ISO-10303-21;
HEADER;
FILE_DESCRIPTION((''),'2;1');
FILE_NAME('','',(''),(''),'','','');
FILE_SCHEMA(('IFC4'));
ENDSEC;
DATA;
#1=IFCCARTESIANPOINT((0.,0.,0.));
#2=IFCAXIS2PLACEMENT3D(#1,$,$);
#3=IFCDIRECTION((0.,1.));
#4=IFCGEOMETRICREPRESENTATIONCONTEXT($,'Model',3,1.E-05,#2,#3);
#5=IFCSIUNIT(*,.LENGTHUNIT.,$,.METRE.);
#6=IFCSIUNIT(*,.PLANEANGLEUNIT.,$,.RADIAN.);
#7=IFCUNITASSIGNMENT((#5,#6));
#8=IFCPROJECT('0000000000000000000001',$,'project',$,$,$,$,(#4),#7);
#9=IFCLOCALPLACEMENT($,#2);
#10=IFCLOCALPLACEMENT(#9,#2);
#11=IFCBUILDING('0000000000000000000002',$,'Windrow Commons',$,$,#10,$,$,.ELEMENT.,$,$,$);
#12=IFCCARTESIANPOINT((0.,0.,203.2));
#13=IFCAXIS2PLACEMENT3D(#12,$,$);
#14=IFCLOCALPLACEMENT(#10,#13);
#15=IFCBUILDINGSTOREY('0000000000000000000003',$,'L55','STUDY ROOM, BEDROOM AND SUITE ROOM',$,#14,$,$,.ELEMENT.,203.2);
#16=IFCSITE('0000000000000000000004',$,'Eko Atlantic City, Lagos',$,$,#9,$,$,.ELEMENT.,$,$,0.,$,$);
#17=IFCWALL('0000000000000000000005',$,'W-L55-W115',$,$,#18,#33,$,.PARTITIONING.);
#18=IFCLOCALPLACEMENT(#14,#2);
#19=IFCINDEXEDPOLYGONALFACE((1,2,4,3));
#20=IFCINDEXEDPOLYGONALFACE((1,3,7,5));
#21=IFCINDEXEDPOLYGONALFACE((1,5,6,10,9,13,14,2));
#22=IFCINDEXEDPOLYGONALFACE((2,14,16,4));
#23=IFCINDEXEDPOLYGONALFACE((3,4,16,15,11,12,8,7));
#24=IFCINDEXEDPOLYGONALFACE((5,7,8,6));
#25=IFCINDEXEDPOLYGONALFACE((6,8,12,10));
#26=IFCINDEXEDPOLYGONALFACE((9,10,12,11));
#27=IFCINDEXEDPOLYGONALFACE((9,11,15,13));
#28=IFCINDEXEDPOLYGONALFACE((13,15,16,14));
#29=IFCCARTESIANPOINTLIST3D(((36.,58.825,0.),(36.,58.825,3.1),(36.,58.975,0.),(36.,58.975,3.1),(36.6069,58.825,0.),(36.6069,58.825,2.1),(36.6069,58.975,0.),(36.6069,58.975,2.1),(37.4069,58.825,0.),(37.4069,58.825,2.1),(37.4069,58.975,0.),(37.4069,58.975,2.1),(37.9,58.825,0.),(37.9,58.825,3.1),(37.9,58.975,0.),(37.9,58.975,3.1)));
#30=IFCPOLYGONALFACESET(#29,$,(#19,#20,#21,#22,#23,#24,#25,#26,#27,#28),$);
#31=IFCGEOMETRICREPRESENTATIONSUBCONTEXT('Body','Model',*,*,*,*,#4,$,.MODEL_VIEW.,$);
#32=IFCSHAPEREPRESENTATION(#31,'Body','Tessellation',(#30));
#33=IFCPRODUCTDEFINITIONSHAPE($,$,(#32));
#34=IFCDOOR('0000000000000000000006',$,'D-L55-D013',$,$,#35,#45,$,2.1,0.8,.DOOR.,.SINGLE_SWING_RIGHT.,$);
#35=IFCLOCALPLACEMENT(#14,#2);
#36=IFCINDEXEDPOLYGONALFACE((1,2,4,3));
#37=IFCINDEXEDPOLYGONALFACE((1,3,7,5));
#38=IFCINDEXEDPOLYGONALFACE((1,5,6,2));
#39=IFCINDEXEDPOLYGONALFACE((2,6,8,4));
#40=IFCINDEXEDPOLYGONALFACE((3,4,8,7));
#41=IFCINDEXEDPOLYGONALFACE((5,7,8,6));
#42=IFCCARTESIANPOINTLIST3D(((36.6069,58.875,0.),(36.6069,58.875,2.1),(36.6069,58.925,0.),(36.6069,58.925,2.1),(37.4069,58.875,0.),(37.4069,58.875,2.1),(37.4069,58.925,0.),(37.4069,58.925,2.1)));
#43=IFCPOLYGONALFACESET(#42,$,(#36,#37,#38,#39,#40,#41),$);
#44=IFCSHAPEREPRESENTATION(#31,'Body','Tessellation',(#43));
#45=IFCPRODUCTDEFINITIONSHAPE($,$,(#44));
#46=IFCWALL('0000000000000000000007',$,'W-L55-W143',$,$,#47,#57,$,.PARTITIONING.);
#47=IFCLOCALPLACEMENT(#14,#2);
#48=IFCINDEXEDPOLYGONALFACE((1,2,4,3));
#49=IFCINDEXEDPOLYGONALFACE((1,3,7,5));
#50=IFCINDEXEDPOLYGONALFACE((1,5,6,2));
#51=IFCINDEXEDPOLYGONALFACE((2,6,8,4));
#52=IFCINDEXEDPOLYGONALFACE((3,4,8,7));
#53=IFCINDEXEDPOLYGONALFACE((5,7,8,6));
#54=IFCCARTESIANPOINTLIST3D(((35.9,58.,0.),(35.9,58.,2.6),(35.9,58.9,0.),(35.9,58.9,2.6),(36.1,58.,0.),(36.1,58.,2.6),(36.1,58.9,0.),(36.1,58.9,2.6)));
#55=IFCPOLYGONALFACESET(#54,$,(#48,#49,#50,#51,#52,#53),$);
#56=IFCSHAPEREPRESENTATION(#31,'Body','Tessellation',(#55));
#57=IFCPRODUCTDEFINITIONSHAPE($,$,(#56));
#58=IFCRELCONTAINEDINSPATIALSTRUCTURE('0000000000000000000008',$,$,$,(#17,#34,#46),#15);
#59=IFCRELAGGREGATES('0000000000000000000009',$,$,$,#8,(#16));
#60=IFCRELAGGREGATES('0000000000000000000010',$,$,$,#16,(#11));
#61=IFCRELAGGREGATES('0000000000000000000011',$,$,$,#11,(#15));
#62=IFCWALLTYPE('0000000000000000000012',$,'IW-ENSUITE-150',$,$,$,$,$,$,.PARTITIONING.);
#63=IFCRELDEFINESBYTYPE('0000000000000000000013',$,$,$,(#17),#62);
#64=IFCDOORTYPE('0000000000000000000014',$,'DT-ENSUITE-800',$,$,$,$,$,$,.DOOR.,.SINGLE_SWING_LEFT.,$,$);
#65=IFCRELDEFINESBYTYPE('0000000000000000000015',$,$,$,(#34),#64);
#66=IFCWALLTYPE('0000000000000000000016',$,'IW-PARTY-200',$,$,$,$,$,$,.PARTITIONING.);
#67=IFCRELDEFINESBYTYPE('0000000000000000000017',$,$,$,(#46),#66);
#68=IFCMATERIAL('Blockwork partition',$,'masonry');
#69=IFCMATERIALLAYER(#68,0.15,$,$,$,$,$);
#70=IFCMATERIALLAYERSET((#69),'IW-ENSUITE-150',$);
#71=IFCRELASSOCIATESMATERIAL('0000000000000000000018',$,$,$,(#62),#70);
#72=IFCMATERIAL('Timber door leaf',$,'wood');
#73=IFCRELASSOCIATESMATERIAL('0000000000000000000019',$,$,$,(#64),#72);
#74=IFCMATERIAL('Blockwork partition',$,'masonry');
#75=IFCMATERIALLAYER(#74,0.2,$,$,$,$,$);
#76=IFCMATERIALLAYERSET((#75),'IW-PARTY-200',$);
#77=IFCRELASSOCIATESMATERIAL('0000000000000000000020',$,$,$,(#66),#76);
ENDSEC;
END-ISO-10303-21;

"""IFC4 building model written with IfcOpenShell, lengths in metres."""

from ifc_helpers import new_model, si_unit, direction, frame, frame_2d, origin, place, context, subcontext, project, spatial, rectangle, extrude, material, layer, layer_set, type_object, element, fill, save


model = new_model("IFC4")

# Units and contexts
model_context = context("Model", 3, precision=1e-05, world=origin(), true_north=direction((0.0, 1.0)))
body_context = subcontext(model_context, "Body", "Model", "MODEL_VIEW")
ifc_project = project(units=[si_unit("LENGTHUNIT", "METRE"), si_unit("PLANEANGLEUNIT", "RADIAN")], contexts=[model_context])

# Site, building, storey
site_placement = place(None, origin())
site = spatial("IfcSite", under=ifc_project, at=site_placement, Name="Eko Atlantic City, Lagos", CompositionType="ELEMENT", RefElevation=0.0)
building_placement = place(site_placement, origin())
building = spatial("IfcBuilding", under=site, at=building_placement, Name="Windrow Commons", CompositionType="ELEMENT")
storey_placement = place(building_placement, frame((0.0, 0.0, 203.2)))
storey = spatial("IfcBuildingStorey", under=building, at=storey_placement, Name="L55", Description="STUDY ROOM, BEDROOM AND SUITE ROOM", CompositionType="ELEMENT", Elevation=203.2)

# Shared definitions
ifc_material_1 = material(Name="Blockwork partition", Category="masonry")
ifc_layer_1 = layer(ifc_material_1, 0.15)
ifc_layer_set_1 = layer_set([ifc_layer_1], Name="IW-ENSUITE-150")
wall_type_1 = type_object("IfcWallType", Name="IW-ENSUITE-150", PredefinedType="PARTITIONING", material=ifc_layer_set_1)

# Wall, opening, door
wall_1_placement = place(storey_placement, frame((36.0, 58.9, 0.0), z_axis=(0.0, 0.0, 1.0), x_axis=(1.0, 0.0, 0.0)))
wall_1 = element("IfcWall", 1, at=wall_1_placement, inside=storey, type_object=wall_type_1, Name="W-L55-W115", PredefinedType="PARTITIONING", context=body_context, shape_type="SweptSolid", body=[
    extrude(rectangle(XDim=1.9, YDim=0.15, at=frame_2d((0.95, 0.0))), origin(), (0.0, 0.0, 1.0), 3.1),
])
opening_1_placement = place(wall_1_placement, frame((0.6069, 0.0, 0.0)))
opening_1 = element("IfcOpeningElement", 2, at=opening_1_placement, cuts=wall_1, PredefinedType="OPENING", context=body_context, shape_type="SweptSolid", body=[
    extrude(rectangle(XDim=0.8, YDim=2.1, at=frame_2d((0.4, 1.05))), frame((0.0, 0.085, 0.0), z_axis=(0.0, -1.0, 0.0), x_axis=(1.0, 0.0, 0.0)), (0.0, 0.0, 1.0), 0.17),
])
ifc_material_2 = material(Name="Timber door leaf", Category="wood")
door_type_1 = type_object("IfcDoorType", Name="DT-ENSUITE-800", OperationType="SINGLE_SWING_LEFT", PredefinedType="DOOR", material=ifc_material_2)
door_1_placement = place(opening_1_placement, origin())
door_1 = element("IfcDoor", 3, at=door_1_placement, inside=storey, type_object=door_type_1, Name="D-L55-D013", OperationType="SINGLE_SWING_RIGHT", OverallHeight=2.1, OverallWidth=0.8, PredefinedType="DOOR", context=body_context, shape_type="SweptSolid", body=[
    extrude(rectangle(XDim=0.8, YDim=2.1, at=frame_2d((0.4, 1.05))), frame((0.0, 0.025, 0.0), z_axis=(0.0, -1.0, 0.0), x_axis=(1.0, 0.0, 0.0)), (0.0, 0.0, 1.0), 0.05),
])
fill(opening_1, door_1)

# Wall
ifc_material_3 = material(Name="Blockwork partition", Category="masonry")
ifc_layer_2 = layer(ifc_material_3, 0.2)
ifc_layer_set_2 = layer_set([ifc_layer_2], Name="IW-PARTY-200")
wall_type_2 = type_object("IfcWallType", Name="IW-PARTY-200", PredefinedType="PARTITIONING", material=ifc_layer_set_2)
wall_2_placement = place(storey_placement, frame((36.0, 58.0, 0.0), z_axis=(0.0, 0.0, 1.0), x_axis=(0.0, 1.0, 0.0)))
element("IfcWall", 4, at=wall_2_placement, inside=storey, type_object=wall_type_2, Name="W-L55-W143", PredefinedType="PARTITIONING", context=body_context, shape_type="SweptSolid", body=[
    extrude(rectangle(XDim=0.9, YDim=0.2, at=frame_2d((0.45, 0.0))), origin(), (0.0, 0.0, 1.0), 2.6),
])

save(model, "model.ifc")
